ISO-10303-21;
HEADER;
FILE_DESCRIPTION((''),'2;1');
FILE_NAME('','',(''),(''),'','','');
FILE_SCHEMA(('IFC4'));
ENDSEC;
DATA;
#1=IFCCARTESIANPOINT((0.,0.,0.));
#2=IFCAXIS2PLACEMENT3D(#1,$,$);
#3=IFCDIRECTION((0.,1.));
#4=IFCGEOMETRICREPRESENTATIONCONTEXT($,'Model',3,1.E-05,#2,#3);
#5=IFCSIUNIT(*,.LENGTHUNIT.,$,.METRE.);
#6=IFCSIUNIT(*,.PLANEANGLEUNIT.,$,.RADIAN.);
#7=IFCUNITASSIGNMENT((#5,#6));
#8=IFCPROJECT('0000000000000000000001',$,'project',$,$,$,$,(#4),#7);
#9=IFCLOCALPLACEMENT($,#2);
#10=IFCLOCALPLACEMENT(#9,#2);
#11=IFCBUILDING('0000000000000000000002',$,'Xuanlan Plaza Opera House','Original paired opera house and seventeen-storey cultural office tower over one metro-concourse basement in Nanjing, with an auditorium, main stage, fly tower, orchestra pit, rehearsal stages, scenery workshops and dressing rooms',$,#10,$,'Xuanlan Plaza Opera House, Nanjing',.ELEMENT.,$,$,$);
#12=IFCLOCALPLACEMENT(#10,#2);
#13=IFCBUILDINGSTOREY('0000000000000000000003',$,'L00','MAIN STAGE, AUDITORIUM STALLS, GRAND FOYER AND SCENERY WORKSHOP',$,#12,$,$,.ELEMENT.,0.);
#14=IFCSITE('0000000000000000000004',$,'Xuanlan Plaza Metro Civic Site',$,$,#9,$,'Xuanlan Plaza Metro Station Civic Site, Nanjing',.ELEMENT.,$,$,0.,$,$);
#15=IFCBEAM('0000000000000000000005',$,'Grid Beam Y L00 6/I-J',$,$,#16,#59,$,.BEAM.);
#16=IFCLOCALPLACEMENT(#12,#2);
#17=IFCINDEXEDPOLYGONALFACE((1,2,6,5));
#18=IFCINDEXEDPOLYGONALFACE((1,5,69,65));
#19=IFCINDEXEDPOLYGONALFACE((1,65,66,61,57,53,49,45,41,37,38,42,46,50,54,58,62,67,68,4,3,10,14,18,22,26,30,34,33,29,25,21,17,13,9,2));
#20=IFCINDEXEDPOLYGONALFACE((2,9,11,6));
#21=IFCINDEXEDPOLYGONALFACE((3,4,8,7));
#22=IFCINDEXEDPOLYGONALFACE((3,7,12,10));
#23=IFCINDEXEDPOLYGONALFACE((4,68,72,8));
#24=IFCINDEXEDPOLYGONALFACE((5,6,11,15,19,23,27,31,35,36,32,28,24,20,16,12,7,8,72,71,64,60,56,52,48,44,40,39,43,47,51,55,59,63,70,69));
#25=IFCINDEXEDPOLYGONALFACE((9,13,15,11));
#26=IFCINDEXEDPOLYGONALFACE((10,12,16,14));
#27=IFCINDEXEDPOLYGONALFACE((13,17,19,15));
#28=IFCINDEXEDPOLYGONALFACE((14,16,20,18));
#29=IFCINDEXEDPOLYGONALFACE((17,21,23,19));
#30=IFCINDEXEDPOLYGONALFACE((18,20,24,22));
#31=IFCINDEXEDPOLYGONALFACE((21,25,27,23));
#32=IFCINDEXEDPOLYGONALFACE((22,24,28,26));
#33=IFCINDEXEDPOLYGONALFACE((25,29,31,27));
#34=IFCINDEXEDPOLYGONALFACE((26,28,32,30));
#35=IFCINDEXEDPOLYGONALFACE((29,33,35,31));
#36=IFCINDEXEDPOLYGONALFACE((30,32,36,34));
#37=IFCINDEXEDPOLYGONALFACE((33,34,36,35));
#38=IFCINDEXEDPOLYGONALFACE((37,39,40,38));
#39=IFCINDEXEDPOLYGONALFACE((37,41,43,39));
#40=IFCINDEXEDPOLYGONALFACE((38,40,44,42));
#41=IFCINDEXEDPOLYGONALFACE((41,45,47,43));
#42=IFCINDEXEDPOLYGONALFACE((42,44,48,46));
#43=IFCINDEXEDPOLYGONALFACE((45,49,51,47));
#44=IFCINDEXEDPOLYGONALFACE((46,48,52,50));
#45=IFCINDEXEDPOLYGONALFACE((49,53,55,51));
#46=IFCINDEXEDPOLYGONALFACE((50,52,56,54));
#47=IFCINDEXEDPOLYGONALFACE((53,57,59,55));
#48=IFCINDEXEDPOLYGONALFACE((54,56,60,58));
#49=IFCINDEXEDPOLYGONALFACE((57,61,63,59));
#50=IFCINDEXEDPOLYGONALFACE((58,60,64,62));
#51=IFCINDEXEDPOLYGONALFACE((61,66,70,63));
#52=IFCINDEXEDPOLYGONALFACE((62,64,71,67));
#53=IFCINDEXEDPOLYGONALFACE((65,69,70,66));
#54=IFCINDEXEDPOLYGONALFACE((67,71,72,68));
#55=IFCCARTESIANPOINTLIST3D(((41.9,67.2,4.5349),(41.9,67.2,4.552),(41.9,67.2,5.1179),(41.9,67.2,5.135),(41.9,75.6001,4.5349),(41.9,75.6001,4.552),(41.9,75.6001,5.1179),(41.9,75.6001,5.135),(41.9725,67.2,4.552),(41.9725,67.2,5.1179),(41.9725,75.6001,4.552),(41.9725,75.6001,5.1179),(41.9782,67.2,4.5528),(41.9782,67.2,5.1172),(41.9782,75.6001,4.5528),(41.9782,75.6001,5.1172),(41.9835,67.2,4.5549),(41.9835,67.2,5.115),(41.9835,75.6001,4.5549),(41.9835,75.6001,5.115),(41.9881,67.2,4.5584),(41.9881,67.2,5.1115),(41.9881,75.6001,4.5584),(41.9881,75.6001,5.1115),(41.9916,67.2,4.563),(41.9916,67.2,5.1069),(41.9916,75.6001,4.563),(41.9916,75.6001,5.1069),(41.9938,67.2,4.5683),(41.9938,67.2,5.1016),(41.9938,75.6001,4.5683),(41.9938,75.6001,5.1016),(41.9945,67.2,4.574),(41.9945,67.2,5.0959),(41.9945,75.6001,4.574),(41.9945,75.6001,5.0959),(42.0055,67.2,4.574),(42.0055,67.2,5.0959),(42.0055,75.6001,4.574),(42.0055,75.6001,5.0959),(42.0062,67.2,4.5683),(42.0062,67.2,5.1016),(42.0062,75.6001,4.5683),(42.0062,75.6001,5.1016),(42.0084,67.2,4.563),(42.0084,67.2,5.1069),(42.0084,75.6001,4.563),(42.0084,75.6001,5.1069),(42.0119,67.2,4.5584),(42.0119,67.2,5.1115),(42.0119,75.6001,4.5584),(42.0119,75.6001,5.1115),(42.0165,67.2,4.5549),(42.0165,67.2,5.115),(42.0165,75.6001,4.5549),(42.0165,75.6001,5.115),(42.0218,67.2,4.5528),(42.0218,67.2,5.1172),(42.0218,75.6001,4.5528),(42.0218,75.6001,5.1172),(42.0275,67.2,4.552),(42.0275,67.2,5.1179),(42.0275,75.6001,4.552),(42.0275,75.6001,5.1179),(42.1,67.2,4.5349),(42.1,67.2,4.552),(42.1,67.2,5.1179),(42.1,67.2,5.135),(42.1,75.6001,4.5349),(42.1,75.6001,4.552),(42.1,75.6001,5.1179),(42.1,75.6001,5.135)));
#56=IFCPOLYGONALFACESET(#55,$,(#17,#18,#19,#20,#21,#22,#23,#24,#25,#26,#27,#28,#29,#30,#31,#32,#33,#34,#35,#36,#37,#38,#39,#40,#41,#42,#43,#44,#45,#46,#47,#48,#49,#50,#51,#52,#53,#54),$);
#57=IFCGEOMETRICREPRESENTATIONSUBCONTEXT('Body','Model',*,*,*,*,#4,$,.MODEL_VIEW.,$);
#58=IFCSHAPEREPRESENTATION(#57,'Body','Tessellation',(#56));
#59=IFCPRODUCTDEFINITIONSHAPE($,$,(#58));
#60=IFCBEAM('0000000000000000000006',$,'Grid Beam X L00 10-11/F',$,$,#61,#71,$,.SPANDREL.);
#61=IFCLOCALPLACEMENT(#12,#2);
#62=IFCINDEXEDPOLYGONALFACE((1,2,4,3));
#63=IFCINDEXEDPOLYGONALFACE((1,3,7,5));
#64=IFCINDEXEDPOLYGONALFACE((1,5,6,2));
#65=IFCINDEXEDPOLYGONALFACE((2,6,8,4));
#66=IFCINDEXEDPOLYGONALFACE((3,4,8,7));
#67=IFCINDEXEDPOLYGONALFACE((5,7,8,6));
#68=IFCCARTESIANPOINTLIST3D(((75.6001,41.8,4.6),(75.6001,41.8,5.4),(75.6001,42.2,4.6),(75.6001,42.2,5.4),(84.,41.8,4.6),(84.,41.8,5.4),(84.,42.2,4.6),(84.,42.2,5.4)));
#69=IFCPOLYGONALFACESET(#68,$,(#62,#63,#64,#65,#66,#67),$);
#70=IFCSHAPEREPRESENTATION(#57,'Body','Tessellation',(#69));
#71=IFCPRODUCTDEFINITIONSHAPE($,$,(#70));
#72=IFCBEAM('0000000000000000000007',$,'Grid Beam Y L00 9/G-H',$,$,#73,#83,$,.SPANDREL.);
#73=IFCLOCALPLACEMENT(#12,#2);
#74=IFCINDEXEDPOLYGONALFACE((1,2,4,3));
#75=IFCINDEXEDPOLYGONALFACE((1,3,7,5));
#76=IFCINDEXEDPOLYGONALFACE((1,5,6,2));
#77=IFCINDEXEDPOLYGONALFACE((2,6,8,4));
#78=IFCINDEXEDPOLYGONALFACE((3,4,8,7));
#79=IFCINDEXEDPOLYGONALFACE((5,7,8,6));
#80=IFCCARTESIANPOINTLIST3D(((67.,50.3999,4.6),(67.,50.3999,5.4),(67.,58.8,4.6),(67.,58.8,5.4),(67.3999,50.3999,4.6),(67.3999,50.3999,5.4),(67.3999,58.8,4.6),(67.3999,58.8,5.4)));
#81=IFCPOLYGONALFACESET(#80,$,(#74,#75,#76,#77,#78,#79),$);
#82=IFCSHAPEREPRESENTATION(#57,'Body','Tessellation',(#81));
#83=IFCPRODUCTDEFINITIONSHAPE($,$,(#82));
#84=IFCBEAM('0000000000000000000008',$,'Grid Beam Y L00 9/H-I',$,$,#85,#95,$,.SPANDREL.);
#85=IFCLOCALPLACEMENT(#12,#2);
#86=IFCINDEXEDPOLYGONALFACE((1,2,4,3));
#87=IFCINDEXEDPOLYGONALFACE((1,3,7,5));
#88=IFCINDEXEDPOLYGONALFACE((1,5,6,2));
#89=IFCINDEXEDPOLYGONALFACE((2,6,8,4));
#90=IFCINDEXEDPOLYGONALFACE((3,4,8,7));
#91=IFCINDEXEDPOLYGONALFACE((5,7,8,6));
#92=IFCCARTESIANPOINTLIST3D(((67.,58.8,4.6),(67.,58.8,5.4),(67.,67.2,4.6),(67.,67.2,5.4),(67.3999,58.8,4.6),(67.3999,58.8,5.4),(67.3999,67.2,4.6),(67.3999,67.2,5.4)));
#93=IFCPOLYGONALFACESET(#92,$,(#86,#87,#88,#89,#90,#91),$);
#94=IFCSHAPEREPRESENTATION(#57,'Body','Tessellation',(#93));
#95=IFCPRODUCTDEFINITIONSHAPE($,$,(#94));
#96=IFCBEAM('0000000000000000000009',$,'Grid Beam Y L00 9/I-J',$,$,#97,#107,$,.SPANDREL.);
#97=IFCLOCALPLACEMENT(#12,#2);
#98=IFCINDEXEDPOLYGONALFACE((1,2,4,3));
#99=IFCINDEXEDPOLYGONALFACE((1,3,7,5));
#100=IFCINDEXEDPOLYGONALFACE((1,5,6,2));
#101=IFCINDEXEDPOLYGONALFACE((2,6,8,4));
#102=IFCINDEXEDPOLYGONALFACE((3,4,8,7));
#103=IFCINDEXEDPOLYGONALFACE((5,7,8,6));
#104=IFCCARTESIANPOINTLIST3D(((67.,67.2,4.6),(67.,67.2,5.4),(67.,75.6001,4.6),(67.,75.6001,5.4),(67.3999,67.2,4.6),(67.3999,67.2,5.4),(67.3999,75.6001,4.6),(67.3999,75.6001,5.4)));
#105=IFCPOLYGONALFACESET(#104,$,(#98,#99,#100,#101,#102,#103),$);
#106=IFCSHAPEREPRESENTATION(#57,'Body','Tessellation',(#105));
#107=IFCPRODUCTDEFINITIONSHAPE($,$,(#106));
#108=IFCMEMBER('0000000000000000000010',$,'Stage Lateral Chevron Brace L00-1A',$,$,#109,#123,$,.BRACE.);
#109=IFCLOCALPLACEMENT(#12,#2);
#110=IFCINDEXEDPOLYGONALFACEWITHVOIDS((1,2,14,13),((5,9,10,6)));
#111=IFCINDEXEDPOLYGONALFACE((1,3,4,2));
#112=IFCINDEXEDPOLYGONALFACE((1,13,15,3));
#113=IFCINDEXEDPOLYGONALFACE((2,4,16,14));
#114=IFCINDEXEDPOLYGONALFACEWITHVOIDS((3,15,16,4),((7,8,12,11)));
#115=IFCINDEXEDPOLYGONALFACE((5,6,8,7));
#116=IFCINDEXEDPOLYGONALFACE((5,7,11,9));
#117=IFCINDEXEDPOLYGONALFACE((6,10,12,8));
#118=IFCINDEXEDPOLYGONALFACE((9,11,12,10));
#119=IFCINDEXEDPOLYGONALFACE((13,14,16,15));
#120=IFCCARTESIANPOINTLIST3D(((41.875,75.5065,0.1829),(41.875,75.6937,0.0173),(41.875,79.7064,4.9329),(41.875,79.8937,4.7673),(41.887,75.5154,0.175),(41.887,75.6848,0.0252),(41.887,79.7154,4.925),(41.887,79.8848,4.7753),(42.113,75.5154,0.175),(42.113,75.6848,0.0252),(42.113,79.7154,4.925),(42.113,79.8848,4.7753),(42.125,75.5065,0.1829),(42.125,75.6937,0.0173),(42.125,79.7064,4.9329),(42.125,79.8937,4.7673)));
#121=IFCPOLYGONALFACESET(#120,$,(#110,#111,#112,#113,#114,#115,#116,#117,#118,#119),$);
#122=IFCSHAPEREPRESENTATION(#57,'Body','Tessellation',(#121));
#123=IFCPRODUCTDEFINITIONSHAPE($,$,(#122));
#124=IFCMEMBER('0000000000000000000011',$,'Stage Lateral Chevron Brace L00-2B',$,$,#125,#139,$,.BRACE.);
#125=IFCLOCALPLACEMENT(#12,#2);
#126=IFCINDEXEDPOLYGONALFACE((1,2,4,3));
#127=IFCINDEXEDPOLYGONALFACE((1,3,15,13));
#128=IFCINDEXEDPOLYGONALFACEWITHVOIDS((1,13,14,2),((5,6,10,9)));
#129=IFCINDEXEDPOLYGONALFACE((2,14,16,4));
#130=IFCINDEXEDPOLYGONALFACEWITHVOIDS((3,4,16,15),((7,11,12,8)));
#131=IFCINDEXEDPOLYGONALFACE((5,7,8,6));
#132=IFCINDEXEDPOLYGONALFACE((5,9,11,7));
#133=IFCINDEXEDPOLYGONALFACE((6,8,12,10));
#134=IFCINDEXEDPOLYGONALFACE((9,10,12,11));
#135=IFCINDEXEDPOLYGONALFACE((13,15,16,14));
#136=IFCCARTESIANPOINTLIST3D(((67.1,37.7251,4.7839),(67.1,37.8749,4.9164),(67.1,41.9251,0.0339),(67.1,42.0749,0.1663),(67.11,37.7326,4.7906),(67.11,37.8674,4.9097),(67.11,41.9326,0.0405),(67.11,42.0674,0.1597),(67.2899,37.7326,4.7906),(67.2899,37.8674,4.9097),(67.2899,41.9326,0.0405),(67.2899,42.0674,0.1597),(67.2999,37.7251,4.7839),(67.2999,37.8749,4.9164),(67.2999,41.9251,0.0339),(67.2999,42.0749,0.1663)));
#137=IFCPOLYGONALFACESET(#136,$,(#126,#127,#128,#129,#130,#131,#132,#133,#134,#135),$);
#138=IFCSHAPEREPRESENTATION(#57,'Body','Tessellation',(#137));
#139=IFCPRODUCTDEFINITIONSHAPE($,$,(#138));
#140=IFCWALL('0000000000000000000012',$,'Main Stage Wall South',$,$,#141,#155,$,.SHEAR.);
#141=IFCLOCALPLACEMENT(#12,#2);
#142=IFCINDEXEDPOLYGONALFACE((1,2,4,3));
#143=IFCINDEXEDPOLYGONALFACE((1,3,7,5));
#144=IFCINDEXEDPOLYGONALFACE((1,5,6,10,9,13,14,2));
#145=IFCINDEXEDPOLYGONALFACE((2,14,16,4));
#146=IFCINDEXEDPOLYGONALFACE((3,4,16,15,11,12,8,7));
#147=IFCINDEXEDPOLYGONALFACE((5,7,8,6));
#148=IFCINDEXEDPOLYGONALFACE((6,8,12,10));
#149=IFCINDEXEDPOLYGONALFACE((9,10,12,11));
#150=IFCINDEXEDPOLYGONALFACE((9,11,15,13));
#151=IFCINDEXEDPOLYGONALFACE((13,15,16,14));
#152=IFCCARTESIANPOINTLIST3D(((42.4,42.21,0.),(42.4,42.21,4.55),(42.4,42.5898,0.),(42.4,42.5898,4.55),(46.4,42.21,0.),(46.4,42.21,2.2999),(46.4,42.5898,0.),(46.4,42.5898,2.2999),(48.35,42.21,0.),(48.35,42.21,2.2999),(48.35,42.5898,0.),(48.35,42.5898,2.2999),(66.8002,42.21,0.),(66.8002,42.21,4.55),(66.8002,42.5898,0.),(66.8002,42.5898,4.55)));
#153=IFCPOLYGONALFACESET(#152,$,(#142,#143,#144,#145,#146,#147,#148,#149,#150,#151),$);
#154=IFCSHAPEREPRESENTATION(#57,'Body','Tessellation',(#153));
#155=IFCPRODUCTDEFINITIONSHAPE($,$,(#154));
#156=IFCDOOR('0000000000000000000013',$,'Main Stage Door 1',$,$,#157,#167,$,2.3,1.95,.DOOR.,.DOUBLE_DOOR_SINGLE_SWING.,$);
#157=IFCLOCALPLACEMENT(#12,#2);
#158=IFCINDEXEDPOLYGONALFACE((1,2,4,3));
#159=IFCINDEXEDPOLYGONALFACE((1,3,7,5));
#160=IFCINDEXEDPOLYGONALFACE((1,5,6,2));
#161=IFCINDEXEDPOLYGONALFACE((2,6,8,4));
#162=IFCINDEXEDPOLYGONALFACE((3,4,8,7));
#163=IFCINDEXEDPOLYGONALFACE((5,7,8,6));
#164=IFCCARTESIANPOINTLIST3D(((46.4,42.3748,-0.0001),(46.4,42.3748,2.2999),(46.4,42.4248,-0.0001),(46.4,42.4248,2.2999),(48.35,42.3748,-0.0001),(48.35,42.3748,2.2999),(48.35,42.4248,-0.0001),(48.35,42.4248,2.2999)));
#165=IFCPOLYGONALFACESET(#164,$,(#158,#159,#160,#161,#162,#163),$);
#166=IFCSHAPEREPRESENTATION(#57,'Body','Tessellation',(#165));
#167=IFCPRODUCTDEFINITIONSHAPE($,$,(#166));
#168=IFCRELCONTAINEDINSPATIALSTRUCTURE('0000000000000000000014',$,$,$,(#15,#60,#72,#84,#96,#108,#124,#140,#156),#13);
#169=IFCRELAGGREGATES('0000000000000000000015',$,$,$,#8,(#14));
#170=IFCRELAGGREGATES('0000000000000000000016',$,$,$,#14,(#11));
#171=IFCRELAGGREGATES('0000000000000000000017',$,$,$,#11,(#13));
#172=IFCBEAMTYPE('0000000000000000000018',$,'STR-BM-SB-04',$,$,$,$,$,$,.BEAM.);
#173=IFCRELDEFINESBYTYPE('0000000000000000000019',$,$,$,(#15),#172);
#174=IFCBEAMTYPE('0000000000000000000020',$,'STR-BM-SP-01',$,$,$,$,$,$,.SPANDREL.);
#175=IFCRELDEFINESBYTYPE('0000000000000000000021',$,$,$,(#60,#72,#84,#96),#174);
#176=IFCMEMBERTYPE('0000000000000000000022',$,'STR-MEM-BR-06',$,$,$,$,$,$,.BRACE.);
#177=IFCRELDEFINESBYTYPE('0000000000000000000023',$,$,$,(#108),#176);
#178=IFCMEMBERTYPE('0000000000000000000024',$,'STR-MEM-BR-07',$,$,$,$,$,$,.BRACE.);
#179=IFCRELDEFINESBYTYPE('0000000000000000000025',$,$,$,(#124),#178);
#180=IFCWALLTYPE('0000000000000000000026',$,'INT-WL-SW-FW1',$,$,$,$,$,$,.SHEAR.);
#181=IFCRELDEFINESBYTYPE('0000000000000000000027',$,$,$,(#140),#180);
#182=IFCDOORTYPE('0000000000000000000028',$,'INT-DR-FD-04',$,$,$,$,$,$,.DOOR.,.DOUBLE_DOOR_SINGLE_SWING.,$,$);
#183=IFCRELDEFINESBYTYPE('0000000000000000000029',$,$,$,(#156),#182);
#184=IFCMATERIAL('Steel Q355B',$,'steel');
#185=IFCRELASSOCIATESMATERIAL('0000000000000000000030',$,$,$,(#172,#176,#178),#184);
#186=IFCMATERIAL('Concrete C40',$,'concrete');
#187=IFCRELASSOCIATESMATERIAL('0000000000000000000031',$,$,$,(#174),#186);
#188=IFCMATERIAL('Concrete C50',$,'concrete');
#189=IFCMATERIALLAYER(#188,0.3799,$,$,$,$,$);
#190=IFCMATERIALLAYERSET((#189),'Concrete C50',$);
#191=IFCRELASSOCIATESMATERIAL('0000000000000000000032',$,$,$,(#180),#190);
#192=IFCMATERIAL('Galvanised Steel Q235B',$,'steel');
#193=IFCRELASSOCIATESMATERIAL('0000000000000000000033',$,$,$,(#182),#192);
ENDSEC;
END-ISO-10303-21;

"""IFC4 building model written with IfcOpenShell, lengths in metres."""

from ifc_helpers import new_model, si_unit, direction, frame, frame_2d, origin, origin_2d, place, context, subcontext, project, spatial, rectangle, hollow_rectangle, i_section, extrude, material, layer, layer_set, material_profile, profile_set, type_object, element, fill, save


model = new_model("IFC4")

# Units and contexts
model_context = context("Model", 3, precision=1e-05, world=origin(), true_north=direction((0.0, 1.0)))
body_context = subcontext(model_context, "Body", "Model", "MODEL_VIEW")
ifc_project = project(units=[si_unit("LENGTHUNIT", "METRE"), si_unit("PLANEANGLEUNIT", "RADIAN")], contexts=[model_context])

# Site, building, storey
site_placement = place(None, origin())
site = spatial("IfcSite", under=ifc_project, at=site_placement, Name="Xuanlan Plaza Metro Civic Site", LongName="Xuanlan Plaza Metro Station Civic Site, Nanjing", CompositionType="ELEMENT", RefElevation=0.0)
building_placement = place(site_placement, origin())
building = spatial("IfcBuilding", under=site, at=building_placement, Name="Xuanlan Plaza Opera House", Description="Original paired opera house and seventeen-storey cultural office tower over one metro-concourse basement in Nanjing, with an auditorium, main stage, fly tower, orchestra pit, rehearsal stages, scenery workshops and dressing rooms", LongName="Xuanlan Plaza Opera House, Nanjing", CompositionType="ELEMENT")
storey_placement = place(building_placement, origin())
storey = spatial("IfcBuildingStorey", under=building, at=storey_placement, Name="L00", Description="MAIN STAGE, AUDITORIUM STALLS, GRAND FOYER AND SCENERY WORKSHOP", CompositionType="ELEMENT", Elevation=0.0)

# Shared definitions
ifc_material_1 = material(Name="Concrete C50", Category="concrete")
ifc_material_2 = material(Name="Concrete C40", Category="concrete")

# Beams
ifc_material_3 = material(Name="Steel Q355B", Category="steel")
ifc_material_profile_1 = material_profile(ifc_material_3, i_section(OverallWidth=0.2, OverallDepth=0.6001, WebThickness=0.011, FlangeThickness=0.0171, FilletRadius=0.022, at=origin_2d()), Name="HN 600x200x11x17")
ifc_profile_set_1 = profile_set([ifc_material_profile_1], Name="Steel Q355B")
beam_type_1 = type_object("IfcBeamType", Name="STR-BM-SB-04", PredefinedType="BEAM", material=ifc_profile_set_1)
beam_1_placement = place(storey_placement, frame((42.0, 67.2, 4.835), z_axis=(0.0, 1.0, 0.0), x_axis=(-1.0, 0.0, 0.0)))
element("IfcBeam", 1, at=beam_1_placement, inside=storey, type_object=beam_type_1, Name="Grid Beam Y L00 6/I-J", PredefinedType="BEAM", context=body_context, shape_type="SweptSolid", body=[
    extrude(i_section(OverallWidth=0.2, OverallDepth=0.6001, WebThickness=0.011, FlangeThickness=0.0171, FilletRadius=0.022, at=origin_2d()), origin(), (0.0, 0.0, 1.0), 8.4001),
])
ifc_material_profile_2 = material_profile(ifc_material_2, rectangle(XDim=0.3999, YDim=0.8, at=origin_2d()), Name="RC-SPD 400x800")
ifc_profile_set_2 = profile_set([ifc_material_profile_2], Name="Concrete C40")
beam_type_2 = type_object("IfcBeamType", Name="STR-BM-SP-01", PredefinedType="SPANDREL", material=ifc_profile_set_2)
beam_2_placement = place(storey_placement, frame((75.6001, 42.0, 5.0), z_axis=(1.0, 0.0, 0.0), x_axis=(0.0, 1.0, 0.0)))
element("IfcBeam", 2, at=beam_2_placement, inside=storey, type_object=beam_type_2, Name="Grid Beam X L00 10-11/F", PredefinedType="SPANDREL", context=body_context, shape_type="SweptSolid", body=[
    extrude(rectangle(XDim=0.3999, YDim=0.8, at=origin_2d()), origin(), (0.0, 0.0, 1.0), 8.3999),
])
beam_3_placement = place(storey_placement, frame((67.2, 50.3999, 5.0), z_axis=(0.0, 1.0, 0.0), x_axis=(-1.0, 0.0, 0.0)))
element("IfcBeam", 3, at=beam_3_placement, inside=storey, type_object=beam_type_2, Name="Grid Beam Y L00 9/G-H", PredefinedType="SPANDREL", context=body_context, shape_type="SweptSolid", body=[
    extrude(rectangle(XDim=0.3999, YDim=0.8, at=origin_2d()), origin(), (0.0, 0.0, 1.0), 8.4001),
])
beam_4_placement = place(storey_placement, frame((67.2, 58.8, 5.0), z_axis=(0.0, 1.0, 0.0), x_axis=(-1.0, 0.0, 0.0)))
element("IfcBeam", 4, at=beam_4_placement, inside=storey, type_object=beam_type_2, Name="Grid Beam Y L00 9/H-I", PredefinedType="SPANDREL", context=body_context, shape_type="SweptSolid", body=[
    extrude(rectangle(XDim=0.3999, YDim=0.8, at=origin_2d()), origin(), (0.0, 0.0, 1.0), 8.3999),
])
beam_5_placement = place(storey_placement, frame((67.2, 67.2, 5.0), z_axis=(0.0, 1.0, 0.0), x_axis=(-1.0, 0.0, 0.0)))
element("IfcBeam", 5, at=beam_5_placement, inside=storey, type_object=beam_type_2, Name="Grid Beam Y L00 9/I-J", PredefinedType="SPANDREL", context=body_context, shape_type="SweptSolid", body=[
    extrude(rectangle(XDim=0.3999, YDim=0.8, at=origin_2d()), origin(), (0.0, 0.0, 1.0), 8.4001),
])

# Members
ifc_material_profile_3 = material_profile(ifc_material_3, hollow_rectangle(XDim=0.25, YDim=0.25, WallThickness=0.012, at=origin_2d()), Name="SHS 250x250x12")
ifc_profile_set_3 = profile_set([ifc_material_profile_3], Name="Steel Q355B")
member_type_1 = type_object("IfcMemberType", Name="STR-MEM-BR-06", PredefinedType="BRACE", material=ifc_profile_set_3)
member_1_placement = place(storey_placement, frame((42.0, 75.6001, 0.1001), z_axis=(0.0, 0.662399, 0.749151), x_axis=(-1.0, 0.0, 0.0)))
element("IfcMember", 6, at=member_1_placement, inside=storey, type_object=member_type_1, Name="Stage Lateral Chevron Brace L00-1A", PredefinedType="BRACE", context=body_context, shape_type="SweptSolid", body=[
    extrude(hollow_rectangle(XDim=0.25, YDim=0.25, WallThickness=0.012, at=origin_2d()), origin(), (0.0, 0.0, 1.0), 6.3406),
])
ifc_material_profile_4 = material_profile(ifc_material_3, hollow_rectangle(XDim=0.2, YDim=0.2, WallThickness=0.01, at=origin_2d()), Name="SHS 200x200x10")
ifc_profile_set_4 = profile_set([ifc_material_profile_4], Name="Steel Q355B")
member_type_2 = type_object("IfcMemberType", Name="STR-MEM-BR-07", PredefinedType="BRACE", material=ifc_profile_set_4)
member_2_placement = place(storey_placement, frame((67.2, 42.0, 0.1001), z_axis=(0.0, -0.662399, 0.749151), x_axis=(1.0, 0.0, 0.0)))
element("IfcMember", 7, at=member_2_placement, inside=storey, type_object=member_type_2, Name="Stage Lateral Chevron Brace L00-2B", PredefinedType="BRACE", context=body_context, shape_type="SweptSolid", body=[
    extrude(hollow_rectangle(XDim=0.2, YDim=0.2, WallThickness=0.01, at=origin_2d()), origin(), (0.0, 0.0, 1.0), 6.3406),
])

# Wall, opening, door
ifc_layer_1 = layer(ifc_material_1, 0.3799)
ifc_layer_set_1 = layer_set([ifc_layer_1], Name="Concrete C50")
wall_type_1 = type_object("IfcWallType", Name="INT-WL-SW-FW1", PredefinedType="SHEAR", material=ifc_layer_set_1)
wall_1_placement = place(storey_placement, frame((42.3999, 42.3999, 0.0), z_axis=(0.0, 0.0, 1.0), x_axis=(1.0, 0.0, 0.0)))
wall_1 = element("IfcWall", 8, at=wall_1_placement, inside=storey, type_object=wall_type_1, Name="Main Stage Wall South", PredefinedType="SHEAR", context=body_context, shape_type="SweptSolid", body=[
    extrude(rectangle(XDim=24.4001, YDim=0.3799, at=frame_2d((12.2002, 0.0))), origin(), (0.0, 0.0, 1.0), 4.55),
])
opening_1_placement = place(wall_1_placement, frame((4.0, 0.0, 0.0)))
opening_1 = element("IfcOpeningElement", 9, at=opening_1_placement, cuts=wall_1, PredefinedType="OPENING", context=body_context, shape_type="SweptSolid", body=[
    extrude(rectangle(XDim=1.95, YDim=2.3, at=frame_2d((0.9751, 1.1499))), frame((0.0, 0.2, 0.0), z_axis=(0.0, -1.0, 0.0), x_axis=(1.0, 0.0, 0.0)), (0.0, 0.0, 1.0), 0.3999),
])
ifc_material_4 = material(Name="Galvanised Steel Q235B", Category="steel")
door_type_1 = type_object("IfcDoorType", Name="INT-DR-FD-04", OperationType="DOUBLE_DOOR_SINGLE_SWING", PredefinedType="DOOR", material=ifc_material_4)
door_1_placement = place(opening_1_placement, origin())
door_1 = element("IfcDoor", 10, at=door_1_placement, inside=storey, type_object=door_type_1, Name="Main Stage Door 1", OperationType="DOUBLE_DOOR_SINGLE_SWING", OverallHeight=2.3, OverallWidth=1.95, PredefinedType="DOOR", context=body_context, shape_type="SweptSolid", body=[
    extrude(rectangle(XDim=1.95, YDim=2.3, at=frame_2d((0.9751, 1.1499))), frame((0.0, 0.0249, 0.0), z_axis=(0.0, -1.0, 0.0), x_axis=(1.0, 0.0, 0.0)), (0.0, 0.0, 1.0), 0.05),
])
fill(opening_1, door_1)

save(model, "model.ifc")
